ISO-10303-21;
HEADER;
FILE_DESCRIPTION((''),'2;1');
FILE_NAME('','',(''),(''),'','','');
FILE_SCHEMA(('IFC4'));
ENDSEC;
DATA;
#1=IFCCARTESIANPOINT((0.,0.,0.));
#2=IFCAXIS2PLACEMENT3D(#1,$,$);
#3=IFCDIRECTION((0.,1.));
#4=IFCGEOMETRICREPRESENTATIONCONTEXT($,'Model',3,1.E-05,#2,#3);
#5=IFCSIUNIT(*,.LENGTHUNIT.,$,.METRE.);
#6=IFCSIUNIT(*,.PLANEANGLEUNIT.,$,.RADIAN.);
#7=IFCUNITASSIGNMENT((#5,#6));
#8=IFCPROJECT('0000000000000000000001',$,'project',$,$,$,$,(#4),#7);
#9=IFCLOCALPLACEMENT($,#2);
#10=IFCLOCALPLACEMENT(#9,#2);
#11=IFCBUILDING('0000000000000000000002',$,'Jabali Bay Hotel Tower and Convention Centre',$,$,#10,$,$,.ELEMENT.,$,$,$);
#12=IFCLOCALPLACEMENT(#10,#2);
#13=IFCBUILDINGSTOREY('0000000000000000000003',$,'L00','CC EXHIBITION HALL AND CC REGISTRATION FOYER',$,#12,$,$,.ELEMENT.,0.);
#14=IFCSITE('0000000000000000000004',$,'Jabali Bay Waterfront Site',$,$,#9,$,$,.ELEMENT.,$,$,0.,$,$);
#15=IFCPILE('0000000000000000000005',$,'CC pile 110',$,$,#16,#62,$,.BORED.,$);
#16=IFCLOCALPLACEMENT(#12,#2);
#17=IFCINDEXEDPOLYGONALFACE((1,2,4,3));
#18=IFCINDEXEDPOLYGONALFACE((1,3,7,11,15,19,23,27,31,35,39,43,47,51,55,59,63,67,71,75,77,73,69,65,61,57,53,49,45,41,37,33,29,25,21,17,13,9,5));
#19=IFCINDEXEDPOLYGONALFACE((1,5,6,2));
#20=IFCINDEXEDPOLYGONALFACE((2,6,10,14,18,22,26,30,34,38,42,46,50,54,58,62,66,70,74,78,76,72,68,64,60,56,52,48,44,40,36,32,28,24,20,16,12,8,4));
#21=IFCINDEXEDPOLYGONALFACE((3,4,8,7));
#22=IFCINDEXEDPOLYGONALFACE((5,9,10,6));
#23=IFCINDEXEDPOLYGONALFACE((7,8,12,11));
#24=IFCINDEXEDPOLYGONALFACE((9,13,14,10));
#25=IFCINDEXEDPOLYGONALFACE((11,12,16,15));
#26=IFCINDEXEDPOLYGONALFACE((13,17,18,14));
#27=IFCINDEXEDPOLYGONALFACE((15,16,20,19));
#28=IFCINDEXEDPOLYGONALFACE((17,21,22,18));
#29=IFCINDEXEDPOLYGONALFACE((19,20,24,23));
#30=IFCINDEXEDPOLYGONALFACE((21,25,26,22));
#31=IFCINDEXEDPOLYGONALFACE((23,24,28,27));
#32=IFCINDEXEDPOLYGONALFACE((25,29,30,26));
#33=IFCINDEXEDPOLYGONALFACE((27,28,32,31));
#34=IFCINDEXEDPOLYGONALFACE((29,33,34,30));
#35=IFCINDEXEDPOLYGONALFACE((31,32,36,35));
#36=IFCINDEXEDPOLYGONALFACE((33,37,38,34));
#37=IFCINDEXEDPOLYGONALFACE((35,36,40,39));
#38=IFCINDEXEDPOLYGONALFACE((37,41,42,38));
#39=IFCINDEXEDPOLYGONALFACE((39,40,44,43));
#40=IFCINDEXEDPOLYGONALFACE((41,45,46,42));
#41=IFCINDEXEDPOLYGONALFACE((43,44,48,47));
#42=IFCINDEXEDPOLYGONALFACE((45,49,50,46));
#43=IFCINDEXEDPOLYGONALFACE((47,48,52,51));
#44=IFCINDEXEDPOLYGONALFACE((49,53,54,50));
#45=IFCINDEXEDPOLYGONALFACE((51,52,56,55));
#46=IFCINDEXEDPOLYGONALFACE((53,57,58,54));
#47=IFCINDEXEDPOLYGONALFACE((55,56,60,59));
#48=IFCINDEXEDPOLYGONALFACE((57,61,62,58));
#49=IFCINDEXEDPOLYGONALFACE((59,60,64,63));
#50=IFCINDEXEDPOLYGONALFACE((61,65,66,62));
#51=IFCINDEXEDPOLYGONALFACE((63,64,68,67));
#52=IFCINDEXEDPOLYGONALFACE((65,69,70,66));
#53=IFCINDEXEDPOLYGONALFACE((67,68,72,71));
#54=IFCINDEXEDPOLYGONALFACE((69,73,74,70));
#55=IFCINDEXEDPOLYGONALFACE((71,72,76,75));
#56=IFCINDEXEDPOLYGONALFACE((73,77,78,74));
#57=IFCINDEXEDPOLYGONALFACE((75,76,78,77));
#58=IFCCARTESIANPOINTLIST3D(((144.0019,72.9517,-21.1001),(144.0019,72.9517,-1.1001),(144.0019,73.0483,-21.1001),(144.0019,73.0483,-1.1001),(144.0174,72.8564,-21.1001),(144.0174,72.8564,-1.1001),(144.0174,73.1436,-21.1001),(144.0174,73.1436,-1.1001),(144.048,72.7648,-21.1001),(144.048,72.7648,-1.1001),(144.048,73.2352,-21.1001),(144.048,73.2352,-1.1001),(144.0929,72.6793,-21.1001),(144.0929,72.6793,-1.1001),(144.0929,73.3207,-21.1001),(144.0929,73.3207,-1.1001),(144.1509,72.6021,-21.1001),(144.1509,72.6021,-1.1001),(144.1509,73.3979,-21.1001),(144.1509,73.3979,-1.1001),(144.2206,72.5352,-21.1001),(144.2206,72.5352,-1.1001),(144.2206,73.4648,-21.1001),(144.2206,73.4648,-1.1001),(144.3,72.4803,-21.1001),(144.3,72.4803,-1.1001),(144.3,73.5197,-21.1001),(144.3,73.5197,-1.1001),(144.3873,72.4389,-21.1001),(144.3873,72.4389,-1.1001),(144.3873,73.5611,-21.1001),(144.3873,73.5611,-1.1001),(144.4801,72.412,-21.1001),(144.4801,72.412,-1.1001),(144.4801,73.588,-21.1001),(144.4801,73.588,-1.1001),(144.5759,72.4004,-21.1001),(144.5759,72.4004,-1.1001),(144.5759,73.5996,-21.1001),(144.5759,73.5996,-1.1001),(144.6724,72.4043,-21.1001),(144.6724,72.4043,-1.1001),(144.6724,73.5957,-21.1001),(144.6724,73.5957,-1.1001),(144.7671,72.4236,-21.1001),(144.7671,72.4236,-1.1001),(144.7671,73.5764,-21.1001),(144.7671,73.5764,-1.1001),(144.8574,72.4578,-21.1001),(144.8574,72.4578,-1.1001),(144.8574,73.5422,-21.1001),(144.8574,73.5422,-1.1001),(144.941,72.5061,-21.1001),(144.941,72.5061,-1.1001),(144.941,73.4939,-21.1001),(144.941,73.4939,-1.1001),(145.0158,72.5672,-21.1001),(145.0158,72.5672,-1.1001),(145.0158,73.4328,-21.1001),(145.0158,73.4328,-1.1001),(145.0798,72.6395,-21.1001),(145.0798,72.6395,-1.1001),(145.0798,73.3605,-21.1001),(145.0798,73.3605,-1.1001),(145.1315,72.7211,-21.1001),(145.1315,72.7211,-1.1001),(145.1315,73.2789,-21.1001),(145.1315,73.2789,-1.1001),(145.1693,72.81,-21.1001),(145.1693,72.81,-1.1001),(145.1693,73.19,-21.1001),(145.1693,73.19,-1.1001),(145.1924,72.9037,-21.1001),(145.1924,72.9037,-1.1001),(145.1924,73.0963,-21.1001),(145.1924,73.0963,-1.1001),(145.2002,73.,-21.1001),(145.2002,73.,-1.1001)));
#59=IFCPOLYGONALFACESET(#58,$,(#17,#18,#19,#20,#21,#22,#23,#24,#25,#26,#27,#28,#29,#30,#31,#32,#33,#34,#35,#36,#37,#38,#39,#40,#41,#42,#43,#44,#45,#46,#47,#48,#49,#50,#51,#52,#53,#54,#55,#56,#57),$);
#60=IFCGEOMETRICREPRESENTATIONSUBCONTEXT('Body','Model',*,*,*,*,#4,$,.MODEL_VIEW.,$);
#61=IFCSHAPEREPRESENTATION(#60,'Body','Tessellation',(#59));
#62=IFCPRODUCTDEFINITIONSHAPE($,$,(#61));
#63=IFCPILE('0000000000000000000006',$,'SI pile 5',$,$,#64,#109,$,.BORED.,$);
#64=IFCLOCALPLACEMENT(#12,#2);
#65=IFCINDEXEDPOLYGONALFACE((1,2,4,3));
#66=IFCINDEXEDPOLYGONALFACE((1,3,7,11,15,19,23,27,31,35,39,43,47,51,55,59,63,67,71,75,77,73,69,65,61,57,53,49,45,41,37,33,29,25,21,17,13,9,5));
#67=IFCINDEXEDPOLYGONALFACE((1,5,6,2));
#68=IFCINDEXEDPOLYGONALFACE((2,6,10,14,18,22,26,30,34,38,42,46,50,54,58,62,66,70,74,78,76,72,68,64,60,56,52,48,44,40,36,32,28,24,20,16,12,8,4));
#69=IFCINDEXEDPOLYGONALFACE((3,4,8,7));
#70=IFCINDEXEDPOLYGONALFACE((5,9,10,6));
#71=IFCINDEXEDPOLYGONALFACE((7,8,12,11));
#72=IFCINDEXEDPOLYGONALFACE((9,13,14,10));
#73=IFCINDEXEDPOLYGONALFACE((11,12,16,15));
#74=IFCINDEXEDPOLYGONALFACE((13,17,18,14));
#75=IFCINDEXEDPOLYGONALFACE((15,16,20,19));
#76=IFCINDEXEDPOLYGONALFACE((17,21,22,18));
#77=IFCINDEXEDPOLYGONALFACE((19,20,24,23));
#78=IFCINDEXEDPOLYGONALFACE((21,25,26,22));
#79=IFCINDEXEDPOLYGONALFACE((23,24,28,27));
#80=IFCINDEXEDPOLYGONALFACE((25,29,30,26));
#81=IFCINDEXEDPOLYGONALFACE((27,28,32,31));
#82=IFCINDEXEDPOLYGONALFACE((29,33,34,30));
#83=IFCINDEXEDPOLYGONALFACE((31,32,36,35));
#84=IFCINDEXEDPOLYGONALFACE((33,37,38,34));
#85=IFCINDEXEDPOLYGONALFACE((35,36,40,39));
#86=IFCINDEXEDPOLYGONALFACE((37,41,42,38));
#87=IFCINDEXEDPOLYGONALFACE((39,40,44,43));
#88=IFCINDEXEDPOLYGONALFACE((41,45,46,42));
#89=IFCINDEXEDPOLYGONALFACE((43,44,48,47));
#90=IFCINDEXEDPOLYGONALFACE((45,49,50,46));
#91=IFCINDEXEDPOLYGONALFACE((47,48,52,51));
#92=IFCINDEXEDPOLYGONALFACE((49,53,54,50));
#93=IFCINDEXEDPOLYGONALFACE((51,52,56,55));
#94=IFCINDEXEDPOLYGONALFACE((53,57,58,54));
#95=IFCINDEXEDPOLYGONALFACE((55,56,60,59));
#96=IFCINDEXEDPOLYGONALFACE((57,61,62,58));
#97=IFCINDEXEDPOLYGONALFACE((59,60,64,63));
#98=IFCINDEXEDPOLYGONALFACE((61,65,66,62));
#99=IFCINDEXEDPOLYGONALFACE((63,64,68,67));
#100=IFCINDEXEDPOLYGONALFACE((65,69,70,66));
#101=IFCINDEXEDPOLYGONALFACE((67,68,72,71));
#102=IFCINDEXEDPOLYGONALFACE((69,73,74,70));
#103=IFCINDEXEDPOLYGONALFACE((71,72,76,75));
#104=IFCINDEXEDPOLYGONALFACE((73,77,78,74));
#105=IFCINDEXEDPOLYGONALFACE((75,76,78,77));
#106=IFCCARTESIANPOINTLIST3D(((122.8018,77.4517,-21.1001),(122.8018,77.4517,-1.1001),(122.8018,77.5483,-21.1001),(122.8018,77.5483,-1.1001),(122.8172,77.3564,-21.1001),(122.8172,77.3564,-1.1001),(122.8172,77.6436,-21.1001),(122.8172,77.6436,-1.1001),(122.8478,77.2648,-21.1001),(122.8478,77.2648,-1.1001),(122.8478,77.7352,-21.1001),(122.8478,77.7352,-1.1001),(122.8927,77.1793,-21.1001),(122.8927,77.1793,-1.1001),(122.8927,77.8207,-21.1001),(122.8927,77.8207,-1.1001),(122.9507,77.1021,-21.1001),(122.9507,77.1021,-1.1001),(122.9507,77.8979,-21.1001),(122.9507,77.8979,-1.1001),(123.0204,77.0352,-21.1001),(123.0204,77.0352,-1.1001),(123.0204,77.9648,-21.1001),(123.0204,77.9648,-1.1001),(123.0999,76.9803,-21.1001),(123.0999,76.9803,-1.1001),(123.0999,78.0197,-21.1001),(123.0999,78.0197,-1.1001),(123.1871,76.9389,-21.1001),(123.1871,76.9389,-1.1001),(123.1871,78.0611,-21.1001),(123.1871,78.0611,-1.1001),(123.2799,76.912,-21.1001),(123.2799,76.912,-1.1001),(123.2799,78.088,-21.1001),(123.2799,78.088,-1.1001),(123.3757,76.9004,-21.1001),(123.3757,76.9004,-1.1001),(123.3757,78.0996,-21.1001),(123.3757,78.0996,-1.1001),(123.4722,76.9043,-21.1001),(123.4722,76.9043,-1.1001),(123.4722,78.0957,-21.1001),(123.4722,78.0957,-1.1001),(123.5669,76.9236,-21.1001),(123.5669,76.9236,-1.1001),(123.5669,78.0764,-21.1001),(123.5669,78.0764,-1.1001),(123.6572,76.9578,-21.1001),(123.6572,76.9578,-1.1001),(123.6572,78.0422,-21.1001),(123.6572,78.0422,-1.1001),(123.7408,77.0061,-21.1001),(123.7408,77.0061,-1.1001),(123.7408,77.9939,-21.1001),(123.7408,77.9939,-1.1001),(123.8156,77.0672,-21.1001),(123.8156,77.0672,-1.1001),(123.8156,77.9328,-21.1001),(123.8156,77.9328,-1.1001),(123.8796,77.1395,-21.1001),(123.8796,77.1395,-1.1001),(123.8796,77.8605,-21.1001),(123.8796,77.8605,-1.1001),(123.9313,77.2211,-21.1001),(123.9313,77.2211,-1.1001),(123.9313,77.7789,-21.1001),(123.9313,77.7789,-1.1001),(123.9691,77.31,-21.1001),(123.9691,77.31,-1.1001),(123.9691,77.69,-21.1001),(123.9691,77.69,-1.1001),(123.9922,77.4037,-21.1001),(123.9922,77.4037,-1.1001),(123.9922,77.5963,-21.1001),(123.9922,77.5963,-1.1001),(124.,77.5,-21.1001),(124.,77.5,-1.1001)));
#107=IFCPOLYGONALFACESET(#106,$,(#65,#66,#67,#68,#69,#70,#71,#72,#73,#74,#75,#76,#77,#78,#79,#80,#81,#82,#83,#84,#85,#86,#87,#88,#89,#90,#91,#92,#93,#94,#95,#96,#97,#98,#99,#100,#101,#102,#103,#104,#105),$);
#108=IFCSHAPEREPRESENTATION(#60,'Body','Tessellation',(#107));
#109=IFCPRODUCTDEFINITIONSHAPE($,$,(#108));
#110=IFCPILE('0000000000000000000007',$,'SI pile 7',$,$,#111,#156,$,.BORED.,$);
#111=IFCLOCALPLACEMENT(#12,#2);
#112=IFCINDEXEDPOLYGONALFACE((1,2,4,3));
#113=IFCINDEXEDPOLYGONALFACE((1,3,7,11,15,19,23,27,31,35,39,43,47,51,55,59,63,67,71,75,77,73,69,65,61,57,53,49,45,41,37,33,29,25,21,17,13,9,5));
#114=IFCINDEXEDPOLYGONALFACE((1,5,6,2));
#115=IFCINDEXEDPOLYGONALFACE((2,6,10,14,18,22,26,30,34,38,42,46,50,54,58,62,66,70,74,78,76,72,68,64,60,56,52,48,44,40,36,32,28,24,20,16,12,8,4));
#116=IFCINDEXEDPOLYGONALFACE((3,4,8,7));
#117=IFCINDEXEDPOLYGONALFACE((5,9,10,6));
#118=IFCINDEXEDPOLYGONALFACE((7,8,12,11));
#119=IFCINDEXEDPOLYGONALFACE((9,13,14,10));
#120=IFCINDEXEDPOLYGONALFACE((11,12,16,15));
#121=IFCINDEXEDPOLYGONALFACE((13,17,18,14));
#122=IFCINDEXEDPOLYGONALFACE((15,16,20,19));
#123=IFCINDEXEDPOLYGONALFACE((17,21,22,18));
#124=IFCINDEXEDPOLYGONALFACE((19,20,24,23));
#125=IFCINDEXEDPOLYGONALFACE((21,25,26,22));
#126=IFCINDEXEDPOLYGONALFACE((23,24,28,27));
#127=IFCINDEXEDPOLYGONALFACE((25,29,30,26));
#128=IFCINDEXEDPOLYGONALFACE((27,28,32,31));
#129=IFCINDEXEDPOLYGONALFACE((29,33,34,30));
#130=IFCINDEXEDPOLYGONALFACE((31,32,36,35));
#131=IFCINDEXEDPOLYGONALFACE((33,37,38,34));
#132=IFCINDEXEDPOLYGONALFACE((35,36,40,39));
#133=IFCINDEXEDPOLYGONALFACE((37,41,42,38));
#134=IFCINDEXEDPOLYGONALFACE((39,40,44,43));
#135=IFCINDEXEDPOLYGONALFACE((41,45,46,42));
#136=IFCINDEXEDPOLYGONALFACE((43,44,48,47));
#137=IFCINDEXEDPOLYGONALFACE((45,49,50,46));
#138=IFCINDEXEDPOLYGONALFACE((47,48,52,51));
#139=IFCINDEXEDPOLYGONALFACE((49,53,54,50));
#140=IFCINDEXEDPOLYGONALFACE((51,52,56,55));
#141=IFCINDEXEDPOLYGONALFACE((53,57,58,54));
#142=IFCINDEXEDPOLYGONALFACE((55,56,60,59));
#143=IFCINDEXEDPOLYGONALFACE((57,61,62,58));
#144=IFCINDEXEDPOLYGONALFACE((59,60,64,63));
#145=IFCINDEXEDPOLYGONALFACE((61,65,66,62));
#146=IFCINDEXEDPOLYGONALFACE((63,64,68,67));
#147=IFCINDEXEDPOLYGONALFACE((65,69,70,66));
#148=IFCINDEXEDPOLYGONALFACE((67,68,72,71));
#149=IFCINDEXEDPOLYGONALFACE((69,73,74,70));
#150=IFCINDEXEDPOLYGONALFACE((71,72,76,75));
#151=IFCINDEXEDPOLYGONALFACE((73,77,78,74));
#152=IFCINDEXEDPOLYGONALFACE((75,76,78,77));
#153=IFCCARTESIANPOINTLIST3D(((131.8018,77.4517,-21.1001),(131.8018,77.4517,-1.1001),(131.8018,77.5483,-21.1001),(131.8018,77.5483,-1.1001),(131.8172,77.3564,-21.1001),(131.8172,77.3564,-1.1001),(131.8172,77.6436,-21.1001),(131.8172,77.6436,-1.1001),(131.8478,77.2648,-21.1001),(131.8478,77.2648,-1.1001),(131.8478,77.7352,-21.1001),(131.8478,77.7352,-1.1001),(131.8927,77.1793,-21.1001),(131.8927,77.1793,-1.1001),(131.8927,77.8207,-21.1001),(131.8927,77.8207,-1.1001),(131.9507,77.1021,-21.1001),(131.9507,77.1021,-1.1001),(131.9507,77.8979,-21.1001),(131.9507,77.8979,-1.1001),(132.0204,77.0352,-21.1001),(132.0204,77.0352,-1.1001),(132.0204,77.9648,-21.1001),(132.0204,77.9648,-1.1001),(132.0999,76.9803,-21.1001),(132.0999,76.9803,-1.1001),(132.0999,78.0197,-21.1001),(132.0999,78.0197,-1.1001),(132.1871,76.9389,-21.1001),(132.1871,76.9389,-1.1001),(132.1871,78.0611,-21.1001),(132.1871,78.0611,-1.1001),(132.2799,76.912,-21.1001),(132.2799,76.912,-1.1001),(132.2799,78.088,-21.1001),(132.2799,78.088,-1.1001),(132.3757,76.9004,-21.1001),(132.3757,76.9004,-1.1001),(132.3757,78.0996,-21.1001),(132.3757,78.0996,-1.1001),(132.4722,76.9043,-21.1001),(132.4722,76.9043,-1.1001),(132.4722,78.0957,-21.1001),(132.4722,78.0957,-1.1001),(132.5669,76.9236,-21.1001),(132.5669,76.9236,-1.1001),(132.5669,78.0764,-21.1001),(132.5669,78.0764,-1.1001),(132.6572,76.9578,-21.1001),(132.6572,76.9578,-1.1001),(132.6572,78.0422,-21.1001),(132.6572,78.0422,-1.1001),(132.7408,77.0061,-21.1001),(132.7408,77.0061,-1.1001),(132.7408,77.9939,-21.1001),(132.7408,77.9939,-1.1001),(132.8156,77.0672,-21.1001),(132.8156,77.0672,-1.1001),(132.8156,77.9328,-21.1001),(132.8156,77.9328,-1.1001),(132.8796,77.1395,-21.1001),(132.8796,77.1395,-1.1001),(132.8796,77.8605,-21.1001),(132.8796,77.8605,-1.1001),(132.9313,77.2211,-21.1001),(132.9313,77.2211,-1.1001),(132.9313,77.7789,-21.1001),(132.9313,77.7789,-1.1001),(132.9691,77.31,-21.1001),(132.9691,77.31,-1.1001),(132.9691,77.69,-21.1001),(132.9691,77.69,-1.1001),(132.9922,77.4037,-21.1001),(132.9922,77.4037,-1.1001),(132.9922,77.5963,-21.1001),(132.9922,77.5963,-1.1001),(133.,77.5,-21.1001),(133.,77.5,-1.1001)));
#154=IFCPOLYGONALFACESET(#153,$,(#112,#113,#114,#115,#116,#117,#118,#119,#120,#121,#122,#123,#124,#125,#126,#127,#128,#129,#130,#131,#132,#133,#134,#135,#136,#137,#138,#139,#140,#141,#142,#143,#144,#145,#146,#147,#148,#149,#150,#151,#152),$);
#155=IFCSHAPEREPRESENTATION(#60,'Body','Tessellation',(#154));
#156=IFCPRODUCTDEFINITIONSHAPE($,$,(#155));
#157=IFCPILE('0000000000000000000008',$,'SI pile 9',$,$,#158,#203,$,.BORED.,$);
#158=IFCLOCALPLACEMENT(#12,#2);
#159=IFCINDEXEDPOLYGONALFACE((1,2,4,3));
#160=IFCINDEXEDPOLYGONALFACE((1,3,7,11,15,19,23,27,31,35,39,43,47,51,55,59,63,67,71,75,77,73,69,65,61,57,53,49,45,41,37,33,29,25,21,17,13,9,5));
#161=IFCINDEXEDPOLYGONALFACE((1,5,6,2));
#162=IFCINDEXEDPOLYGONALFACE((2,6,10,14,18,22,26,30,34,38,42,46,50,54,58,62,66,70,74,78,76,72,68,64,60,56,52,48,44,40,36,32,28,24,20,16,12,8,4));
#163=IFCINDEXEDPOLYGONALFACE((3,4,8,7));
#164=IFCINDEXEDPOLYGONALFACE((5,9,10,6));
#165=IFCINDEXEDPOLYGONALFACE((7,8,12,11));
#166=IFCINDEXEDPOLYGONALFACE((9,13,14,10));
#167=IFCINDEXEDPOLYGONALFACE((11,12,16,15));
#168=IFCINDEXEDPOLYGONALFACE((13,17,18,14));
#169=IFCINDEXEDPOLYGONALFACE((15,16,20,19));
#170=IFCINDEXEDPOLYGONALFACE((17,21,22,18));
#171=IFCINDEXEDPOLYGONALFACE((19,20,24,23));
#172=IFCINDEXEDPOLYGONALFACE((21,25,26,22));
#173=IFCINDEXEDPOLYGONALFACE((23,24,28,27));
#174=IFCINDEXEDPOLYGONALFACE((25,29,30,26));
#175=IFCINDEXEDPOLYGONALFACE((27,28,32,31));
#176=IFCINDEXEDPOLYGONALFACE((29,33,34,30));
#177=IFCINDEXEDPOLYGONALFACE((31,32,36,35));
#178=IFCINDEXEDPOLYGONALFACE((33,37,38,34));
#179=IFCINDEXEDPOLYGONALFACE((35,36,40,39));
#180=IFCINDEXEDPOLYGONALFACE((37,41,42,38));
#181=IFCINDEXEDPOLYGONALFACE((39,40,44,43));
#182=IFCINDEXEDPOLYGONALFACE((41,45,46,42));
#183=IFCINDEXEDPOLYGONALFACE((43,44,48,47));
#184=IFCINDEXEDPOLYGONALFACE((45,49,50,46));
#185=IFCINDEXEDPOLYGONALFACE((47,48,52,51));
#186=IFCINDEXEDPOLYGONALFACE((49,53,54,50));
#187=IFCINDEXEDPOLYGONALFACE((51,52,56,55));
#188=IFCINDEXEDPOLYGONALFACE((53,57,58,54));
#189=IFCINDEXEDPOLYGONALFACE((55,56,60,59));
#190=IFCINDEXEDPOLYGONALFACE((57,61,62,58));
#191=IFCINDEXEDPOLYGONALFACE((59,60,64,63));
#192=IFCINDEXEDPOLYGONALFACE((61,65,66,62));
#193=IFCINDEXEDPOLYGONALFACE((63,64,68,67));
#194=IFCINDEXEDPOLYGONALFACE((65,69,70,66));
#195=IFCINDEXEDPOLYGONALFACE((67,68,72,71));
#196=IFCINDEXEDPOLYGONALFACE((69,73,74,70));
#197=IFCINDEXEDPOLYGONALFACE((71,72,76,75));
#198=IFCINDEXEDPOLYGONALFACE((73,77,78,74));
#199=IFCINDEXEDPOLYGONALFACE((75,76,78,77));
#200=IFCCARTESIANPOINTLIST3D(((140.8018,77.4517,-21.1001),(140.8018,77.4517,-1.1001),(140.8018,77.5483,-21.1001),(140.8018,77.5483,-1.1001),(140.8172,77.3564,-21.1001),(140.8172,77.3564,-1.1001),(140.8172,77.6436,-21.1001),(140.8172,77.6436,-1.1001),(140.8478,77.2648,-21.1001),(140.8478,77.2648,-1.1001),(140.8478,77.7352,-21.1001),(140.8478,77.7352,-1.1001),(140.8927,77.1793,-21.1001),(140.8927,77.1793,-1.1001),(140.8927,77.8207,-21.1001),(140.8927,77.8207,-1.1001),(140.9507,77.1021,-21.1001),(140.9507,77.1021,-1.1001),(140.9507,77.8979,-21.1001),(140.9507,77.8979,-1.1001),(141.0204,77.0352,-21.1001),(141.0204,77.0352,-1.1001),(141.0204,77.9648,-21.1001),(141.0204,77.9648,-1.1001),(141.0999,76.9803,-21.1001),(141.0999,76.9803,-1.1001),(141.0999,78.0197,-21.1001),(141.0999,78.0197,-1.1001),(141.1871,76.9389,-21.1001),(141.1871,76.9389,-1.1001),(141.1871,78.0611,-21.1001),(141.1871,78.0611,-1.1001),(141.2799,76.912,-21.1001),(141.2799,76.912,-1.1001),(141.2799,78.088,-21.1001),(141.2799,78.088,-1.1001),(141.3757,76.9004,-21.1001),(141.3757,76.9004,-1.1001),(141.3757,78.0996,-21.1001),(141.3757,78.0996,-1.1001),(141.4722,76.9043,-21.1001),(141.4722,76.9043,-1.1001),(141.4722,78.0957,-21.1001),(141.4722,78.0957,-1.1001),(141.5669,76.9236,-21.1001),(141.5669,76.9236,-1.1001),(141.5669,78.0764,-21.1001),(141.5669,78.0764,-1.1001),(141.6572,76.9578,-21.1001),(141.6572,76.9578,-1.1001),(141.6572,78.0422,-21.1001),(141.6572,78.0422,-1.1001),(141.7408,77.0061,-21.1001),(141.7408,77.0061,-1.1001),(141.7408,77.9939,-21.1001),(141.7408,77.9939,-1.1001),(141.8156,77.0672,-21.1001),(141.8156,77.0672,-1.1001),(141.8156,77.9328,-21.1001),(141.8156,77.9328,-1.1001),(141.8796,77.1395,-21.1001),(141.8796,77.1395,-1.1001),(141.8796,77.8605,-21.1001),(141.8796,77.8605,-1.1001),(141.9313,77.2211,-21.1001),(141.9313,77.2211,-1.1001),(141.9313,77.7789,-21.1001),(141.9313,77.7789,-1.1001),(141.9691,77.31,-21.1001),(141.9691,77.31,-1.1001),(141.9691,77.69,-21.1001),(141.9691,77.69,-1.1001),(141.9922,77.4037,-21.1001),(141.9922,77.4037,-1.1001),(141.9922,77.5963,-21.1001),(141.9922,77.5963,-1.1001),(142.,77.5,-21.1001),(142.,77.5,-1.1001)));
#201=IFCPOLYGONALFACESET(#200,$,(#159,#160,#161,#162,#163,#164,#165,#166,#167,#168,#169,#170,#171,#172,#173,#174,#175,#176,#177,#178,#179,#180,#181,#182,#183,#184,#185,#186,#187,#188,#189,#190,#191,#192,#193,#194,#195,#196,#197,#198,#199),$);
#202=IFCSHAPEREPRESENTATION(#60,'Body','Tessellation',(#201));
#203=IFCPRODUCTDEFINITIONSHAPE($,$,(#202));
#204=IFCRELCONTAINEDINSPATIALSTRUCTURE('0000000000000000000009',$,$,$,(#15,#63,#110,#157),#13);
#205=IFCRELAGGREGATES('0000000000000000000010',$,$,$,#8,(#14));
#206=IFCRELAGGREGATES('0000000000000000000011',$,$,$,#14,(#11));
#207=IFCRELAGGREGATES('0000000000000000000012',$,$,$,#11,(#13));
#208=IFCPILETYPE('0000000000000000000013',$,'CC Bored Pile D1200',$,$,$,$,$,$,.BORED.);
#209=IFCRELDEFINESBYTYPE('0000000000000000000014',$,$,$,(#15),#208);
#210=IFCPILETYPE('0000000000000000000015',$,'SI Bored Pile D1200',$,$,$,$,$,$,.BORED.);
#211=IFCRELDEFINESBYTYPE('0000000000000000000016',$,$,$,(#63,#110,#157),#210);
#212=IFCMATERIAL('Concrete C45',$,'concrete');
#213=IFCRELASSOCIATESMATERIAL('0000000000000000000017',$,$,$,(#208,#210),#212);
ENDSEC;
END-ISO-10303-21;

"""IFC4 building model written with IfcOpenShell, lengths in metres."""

from ifc_helpers import new_model, si_unit, direction, frame, origin, origin_2d, place, context, subcontext, project, spatial, circle, extrude, material, material_profile, profile_set, type_object, element, save


model = new_model("IFC4")

# Units and contexts
model_context = context("Model", 3, precision=1e-05, world=origin(), true_north=direction((0.0, 1.0)))
body_context = subcontext(model_context, "Body", "Model", "MODEL_VIEW")
ifc_project = project(units=[si_unit("LENGTHUNIT", "METRE"), si_unit("PLANEANGLEUNIT", "RADIAN")], contexts=[model_context])

# Site, building, storey
site_placement = place(None, origin())
site = spatial("IfcSite", under=ifc_project, at=site_placement, Name="Jabali Bay Waterfront Site", CompositionType="ELEMENT", RefElevation=0.0)
building_placement = place(site_placement, origin())
building = spatial("IfcBuilding", under=site, at=building_placement, Name="Jabali Bay Hotel Tower and Convention Centre", CompositionType="ELEMENT")
storey_placement = place(building_placement, origin())
storey = spatial("IfcBuildingStorey", under=building, at=storey_placement, Name="L00", Description="CC EXHIBITION HALL AND CC REGISTRATION FOYER", CompositionType="ELEMENT", Elevation=0.0)

# Piles
ifc_material_1 = material(Name="Concrete C45", Category="concrete")
ifc_material_profile_1 = material_profile(ifc_material_1, circle(Radius=0.6001, at=origin_2d()), Name="D1200")
ifc_profile_set_1 = profile_set([ifc_material_profile_1], Name="Concrete C45")
pile_type_1 = type_object("IfcPileType", Name="CC Bored Pile D1200", PredefinedType="BORED", material=ifc_profile_set_1)
pile_placement = place(storey_placement, frame((144.6001, 73.0, -1.1001), z_axis=(0.0, 0.0, -1.0), x_axis=(1.0, 0.0, 0.0)))
element("IfcPile", 1, at=pile_placement, inside=storey, type_object=pile_type_1, Name="CC pile 110", PredefinedType="BORED", context=body_context, shape_type="SweptSolid", body=[
    extrude(circle(Radius=0.6001, at=origin_2d()), origin(), (0.0, 0.0, 1.0), 20.0),
])
ifc_material_profile_2 = material_profile(ifc_material_1, circle(Radius=0.6001, at=origin_2d()), Name="D1200")
ifc_profile_set_2 = profile_set([ifc_material_profile_2], Name="Concrete C45")
pile_type_2 = type_object("IfcPileType", Name="SI Bored Pile D1200", PredefinedType="BORED", material=ifc_profile_set_2)
for number, where, z_axis, x_axis, name in (
    (2, (123.3999, 77.5, -1.1001), (0.0, 0.0, -1.0), (1.0, 0.0, 0.0), "SI pile 5"),
    (3, (132.3999, 77.5, -1.1001), (0.0, 0.0, -1.0), (1.0, 0.0, 0.0), "SI pile 7"),
    (4, (141.3999, 77.5, -1.1001), (0.0, 0.0, -1.0), (1.0, 0.0, 0.0), "SI pile 9"),
):
    element("IfcPile", number, at=place(storey_placement, frame(where, z_axis=z_axis, x_axis=x_axis)), inside=storey, type_object=pile_type_2, Name=name, PredefinedType="BORED", context=body_context, shape_type="SweptSolid", body=[
        extrude(circle(Radius=0.6001, at=origin_2d()), origin(), (0.0, 0.0, 1.0), 20.0),
    ])

save(model, "model.ifc")
